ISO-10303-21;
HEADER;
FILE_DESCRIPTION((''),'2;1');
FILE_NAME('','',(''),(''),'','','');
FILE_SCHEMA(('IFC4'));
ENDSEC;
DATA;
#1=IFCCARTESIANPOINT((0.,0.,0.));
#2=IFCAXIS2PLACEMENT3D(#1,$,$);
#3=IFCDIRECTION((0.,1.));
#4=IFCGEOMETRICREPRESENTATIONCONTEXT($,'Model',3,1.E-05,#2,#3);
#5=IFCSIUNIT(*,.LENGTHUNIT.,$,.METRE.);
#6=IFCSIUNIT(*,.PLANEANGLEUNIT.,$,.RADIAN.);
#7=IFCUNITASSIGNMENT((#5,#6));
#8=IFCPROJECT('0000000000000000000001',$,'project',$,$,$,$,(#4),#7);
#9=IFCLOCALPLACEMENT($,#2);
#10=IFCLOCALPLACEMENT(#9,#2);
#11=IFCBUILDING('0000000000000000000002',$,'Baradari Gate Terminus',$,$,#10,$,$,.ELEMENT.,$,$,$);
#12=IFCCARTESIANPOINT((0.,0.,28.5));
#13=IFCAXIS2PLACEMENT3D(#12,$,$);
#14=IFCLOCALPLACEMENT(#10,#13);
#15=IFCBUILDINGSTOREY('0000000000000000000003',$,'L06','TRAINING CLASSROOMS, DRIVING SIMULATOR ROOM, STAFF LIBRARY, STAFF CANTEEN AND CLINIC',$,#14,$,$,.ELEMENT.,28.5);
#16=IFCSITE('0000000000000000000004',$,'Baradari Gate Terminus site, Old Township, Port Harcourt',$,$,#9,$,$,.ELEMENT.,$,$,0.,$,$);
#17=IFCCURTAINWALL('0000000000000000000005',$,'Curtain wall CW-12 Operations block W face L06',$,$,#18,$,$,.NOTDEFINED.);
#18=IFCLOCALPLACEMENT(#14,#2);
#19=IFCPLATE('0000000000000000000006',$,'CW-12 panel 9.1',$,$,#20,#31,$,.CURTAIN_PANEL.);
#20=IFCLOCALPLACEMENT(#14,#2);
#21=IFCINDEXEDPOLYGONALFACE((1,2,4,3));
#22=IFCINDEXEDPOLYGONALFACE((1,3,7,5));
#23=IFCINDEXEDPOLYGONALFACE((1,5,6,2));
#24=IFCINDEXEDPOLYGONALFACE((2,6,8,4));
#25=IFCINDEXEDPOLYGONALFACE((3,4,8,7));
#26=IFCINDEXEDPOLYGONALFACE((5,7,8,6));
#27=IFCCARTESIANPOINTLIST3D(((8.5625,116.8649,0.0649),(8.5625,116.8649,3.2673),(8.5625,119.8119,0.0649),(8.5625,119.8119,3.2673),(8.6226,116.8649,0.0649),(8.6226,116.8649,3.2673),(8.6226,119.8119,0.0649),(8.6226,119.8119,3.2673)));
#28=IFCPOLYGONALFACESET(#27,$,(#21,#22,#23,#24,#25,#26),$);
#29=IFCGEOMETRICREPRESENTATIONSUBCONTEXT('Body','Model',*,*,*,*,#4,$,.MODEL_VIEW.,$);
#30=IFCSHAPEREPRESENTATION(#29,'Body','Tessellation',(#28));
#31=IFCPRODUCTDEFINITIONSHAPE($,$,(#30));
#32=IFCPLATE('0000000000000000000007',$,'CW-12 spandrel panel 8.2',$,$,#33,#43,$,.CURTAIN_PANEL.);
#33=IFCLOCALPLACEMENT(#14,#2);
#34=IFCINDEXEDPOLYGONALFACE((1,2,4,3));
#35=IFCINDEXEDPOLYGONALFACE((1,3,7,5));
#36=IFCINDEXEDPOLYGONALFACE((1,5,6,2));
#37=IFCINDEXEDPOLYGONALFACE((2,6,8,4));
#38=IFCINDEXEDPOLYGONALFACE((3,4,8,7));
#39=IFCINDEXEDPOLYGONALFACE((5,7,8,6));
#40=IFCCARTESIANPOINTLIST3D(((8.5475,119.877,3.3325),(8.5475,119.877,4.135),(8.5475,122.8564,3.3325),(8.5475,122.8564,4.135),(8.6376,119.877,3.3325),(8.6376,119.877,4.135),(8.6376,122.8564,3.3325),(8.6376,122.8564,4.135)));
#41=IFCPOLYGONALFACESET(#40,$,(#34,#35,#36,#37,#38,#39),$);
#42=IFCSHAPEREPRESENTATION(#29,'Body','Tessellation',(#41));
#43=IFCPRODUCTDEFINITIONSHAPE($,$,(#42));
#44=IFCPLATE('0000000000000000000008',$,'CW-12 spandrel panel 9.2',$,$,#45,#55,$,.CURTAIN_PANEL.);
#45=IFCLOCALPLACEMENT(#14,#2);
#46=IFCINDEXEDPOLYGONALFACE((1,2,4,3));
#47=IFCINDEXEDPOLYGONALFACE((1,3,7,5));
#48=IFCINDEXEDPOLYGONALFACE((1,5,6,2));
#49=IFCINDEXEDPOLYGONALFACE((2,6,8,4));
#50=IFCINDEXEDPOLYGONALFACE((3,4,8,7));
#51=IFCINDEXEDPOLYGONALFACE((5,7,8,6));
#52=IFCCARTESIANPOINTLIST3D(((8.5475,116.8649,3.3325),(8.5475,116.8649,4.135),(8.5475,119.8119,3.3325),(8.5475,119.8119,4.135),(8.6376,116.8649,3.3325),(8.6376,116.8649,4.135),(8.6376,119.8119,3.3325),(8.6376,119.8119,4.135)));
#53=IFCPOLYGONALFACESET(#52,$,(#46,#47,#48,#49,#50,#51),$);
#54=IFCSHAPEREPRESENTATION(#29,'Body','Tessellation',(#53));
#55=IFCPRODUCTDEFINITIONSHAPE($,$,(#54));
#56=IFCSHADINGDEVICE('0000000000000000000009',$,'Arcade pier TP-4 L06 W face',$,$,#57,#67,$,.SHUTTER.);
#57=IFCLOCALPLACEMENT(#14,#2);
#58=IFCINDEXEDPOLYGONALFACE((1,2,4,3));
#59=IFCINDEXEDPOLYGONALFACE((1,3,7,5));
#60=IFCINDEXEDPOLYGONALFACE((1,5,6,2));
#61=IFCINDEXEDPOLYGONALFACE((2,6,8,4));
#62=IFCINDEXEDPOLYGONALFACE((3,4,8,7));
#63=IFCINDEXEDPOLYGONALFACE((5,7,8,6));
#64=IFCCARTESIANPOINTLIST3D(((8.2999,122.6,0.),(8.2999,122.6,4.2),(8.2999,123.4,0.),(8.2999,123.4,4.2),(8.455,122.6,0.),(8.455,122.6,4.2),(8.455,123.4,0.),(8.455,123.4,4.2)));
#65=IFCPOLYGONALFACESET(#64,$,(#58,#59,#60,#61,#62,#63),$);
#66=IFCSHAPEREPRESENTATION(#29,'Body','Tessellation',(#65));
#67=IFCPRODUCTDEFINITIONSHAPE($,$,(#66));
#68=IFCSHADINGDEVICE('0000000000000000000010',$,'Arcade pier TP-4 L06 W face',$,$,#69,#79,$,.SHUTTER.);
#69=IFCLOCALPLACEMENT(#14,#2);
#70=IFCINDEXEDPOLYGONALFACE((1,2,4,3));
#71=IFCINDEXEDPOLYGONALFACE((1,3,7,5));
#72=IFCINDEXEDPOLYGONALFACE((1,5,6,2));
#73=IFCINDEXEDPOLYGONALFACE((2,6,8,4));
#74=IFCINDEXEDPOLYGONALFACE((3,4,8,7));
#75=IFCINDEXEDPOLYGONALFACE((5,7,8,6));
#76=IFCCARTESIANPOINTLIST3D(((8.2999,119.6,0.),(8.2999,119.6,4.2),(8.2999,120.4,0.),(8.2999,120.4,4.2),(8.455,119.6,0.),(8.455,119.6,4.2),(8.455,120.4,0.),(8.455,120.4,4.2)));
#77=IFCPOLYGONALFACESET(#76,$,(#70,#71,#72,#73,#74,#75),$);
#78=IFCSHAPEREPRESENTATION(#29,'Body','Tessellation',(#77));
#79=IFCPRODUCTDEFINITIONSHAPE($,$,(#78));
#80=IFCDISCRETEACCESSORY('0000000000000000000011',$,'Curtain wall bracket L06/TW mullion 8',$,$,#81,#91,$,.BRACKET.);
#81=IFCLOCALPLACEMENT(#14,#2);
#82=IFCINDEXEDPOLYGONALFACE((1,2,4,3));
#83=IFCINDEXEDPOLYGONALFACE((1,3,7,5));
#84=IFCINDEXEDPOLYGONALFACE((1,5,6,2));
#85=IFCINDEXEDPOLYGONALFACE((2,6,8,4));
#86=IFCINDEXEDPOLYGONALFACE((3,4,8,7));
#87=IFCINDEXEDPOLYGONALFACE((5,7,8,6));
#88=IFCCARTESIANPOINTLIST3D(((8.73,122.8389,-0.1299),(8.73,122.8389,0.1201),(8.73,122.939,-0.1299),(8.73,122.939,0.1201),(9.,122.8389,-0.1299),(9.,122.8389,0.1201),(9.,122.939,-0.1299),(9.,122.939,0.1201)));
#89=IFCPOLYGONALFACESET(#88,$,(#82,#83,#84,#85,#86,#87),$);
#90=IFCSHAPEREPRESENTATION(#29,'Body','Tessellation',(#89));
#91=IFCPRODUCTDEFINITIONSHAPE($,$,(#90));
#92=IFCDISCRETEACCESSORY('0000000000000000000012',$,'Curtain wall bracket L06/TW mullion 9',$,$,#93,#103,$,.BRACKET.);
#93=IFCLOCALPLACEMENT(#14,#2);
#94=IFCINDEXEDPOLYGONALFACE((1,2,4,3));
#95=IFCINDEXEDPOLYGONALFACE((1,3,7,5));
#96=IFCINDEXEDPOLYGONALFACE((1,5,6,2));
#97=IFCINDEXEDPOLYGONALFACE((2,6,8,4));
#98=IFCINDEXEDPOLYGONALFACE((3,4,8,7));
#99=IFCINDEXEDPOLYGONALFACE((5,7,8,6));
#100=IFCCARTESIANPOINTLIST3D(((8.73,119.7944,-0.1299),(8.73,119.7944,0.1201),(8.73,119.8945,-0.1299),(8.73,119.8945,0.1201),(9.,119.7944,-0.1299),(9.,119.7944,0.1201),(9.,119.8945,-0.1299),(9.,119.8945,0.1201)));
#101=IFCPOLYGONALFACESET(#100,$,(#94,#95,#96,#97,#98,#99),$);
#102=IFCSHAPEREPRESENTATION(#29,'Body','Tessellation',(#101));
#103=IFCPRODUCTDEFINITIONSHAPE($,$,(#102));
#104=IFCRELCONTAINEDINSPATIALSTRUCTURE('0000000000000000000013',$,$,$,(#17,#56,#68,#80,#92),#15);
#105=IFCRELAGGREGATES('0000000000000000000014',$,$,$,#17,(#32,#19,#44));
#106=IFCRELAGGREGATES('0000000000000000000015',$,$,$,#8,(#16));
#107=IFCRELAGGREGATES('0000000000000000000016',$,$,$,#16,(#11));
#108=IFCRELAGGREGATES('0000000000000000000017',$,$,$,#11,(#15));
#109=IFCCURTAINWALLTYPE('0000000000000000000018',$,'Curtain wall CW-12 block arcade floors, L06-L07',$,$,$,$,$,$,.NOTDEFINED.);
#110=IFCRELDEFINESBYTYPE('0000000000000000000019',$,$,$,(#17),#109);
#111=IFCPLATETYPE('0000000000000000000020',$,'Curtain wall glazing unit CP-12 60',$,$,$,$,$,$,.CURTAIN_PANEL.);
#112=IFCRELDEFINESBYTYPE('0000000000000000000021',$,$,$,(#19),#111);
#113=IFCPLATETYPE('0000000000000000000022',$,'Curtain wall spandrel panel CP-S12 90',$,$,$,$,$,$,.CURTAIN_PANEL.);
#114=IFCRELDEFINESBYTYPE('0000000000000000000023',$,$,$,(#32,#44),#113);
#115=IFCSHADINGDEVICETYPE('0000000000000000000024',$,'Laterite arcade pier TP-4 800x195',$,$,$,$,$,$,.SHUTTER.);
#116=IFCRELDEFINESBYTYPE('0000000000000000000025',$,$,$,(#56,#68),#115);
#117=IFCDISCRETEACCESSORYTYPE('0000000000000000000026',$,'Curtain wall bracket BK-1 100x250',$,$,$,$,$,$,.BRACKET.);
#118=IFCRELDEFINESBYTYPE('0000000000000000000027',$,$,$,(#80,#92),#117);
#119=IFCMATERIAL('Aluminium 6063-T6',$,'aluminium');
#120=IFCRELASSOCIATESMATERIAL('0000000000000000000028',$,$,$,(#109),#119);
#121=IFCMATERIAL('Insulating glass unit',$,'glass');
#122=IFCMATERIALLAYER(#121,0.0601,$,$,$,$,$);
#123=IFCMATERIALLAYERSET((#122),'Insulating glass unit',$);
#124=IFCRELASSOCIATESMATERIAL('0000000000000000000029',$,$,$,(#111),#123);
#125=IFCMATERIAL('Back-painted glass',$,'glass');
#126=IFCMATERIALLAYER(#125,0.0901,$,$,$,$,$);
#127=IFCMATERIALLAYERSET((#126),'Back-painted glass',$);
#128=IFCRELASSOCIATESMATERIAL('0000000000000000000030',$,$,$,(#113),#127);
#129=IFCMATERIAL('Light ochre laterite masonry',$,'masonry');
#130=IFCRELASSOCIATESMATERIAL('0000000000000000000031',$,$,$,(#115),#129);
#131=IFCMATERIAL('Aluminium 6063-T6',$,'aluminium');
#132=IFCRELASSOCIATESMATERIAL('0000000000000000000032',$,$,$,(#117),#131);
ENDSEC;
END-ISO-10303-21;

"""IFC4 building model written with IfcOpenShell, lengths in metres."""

from ifc_helpers import new_model, si_unit, direction, frame, origin, origin_2d, place, context, subcontext, project, spatial, rectangle, extrude, material, layer, layer_set, type_object, element, aggregate, save


model = new_model("IFC4")

# Units and contexts
model_context = context("Model", 3, precision=1e-05, world=origin(), true_north=direction((0.0, 1.0)))
body_context = subcontext(model_context, "Body", "Model", "MODEL_VIEW")
ifc_project = project(units=[si_unit("LENGTHUNIT", "METRE"), si_unit("PLANEANGLEUNIT", "RADIAN")], contexts=[model_context])

# Site, building, storey
site_placement = place(None, origin())
site = spatial("IfcSite", under=ifc_project, at=site_placement, Name="Baradari Gate Terminus site, Old Township, Port Harcourt", CompositionType="ELEMENT", RefElevation=0.0)
building_placement = place(site_placement, origin())
building = spatial("IfcBuilding", under=site, at=building_placement, Name="Baradari Gate Terminus", CompositionType="ELEMENT")
storey_placement = place(building_placement, frame((0.0, 0.0, 28.5)))
storey = spatial("IfcBuildingStorey", under=building, at=storey_placement, Name="L06", Description="TRAINING CLASSROOMS, DRIVING SIMULATOR ROOM, STAFF LIBRARY, STAFF CANTEEN AND CLINIC", CompositionType="ELEMENT", Elevation=28.5)

# Curtain wall
ifc_material_1 = material(Name="Aluminium 6063-T6", Category="aluminium")
curtain_wall_type = type_object("IfcCurtainWallType", Name="Curtain wall CW-12 block arcade floors, L06-L07", PredefinedType="NOTDEFINED", material=ifc_material_1)
curtain_wall_placement = place(storey_placement, origin())
curtain_wall = element("IfcCurtainWall", 1, at=curtain_wall_placement, inside=storey, type_object=curtain_wall_type, Name="Curtain wall CW-12 Operations block W face L06", PredefinedType="NOTDEFINED")

# Plates
ifc_material_2 = material(Name="Insulating glass unit", Category="glass")
ifc_layer_1 = layer(ifc_material_2, 0.0601)
ifc_layer_set_1 = layer_set([ifc_layer_1], Name="Insulating glass unit")
plate_type_1 = type_object("IfcPlateType", Name="Curtain wall glazing unit CP-12 60", PredefinedType="CURTAIN_PANEL", material=ifc_layer_set_1)
plate_1_placement = place(storey_placement, frame((8.5925, 118.3384, 0.0649), z_axis=(0.0, 0.0, 1.0), x_axis=(0.0, -1.0, 0.0)))
plate_1 = element("IfcPlate", 2, at=plate_1_placement, type_object=plate_type_1, Name="CW-12 panel 9.1", PredefinedType="CURTAIN_PANEL", context=body_context, shape_type="SweptSolid", body=[
    extrude(rectangle(XDim=2.947, YDim=0.0601, at=origin_2d()), origin(), (0.0, 0.0, 1.0), 3.2024),
])
ifc_material_3 = material(Name="Back-painted glass", Category="glass")
ifc_layer_2 = layer(ifc_material_3, 0.0901)
ifc_layer_set_2 = layer_set([ifc_layer_2], Name="Back-painted glass")
plate_type_2 = type_object("IfcPlateType", Name="Curtain wall spandrel panel CP-S12 90", PredefinedType="CURTAIN_PANEL", material=ifc_layer_set_2)
plate_2_placement = place(storey_placement, frame((8.5925, 121.3667, 3.3325), z_axis=(0.0, 0.0, 1.0), x_axis=(0.0, -1.0, 0.0)))
plate_2 = element("IfcPlate", 3, at=plate_2_placement, type_object=plate_type_2, Name="CW-12 spandrel panel 8.2", PredefinedType="CURTAIN_PANEL", context=body_context, shape_type="SweptSolid", body=[
    extrude(rectangle(XDim=2.9795, YDim=0.0901, at=origin_2d()), origin(), (0.0, 0.0, 1.0), 0.8025),
])
plate_3_placement = place(storey_placement, frame((8.5925, 118.3384, 3.3325), z_axis=(0.0, 0.0, 1.0), x_axis=(0.0, -1.0, 0.0)))
plate_3 = element("IfcPlate", 4, at=plate_3_placement, type_object=plate_type_2, Name="CW-12 spandrel panel 9.2", PredefinedType="CURTAIN_PANEL", context=body_context, shape_type="SweptSolid", body=[
    extrude(rectangle(XDim=2.947, YDim=0.0901, at=origin_2d()), origin(), (0.0, 0.0, 1.0), 0.8025),
])
aggregate(curtain_wall, [plate_2, plate_1, plate_3])

# Shading devices
ifc_material_4 = material(Name="Light ochre laterite masonry", Category="masonry")
shading_device_type = type_object("IfcShadingDeviceType", Name="Laterite arcade pier TP-4 800x195", PredefinedType="SHUTTER", material=ifc_material_4)
for number, where, z_axis, x_axis, name in (
    (5, (8.3774, 123.0, 0.0), (0.0, 0.0, 1.0), (0.0, -1.0, 0.0), "Arcade pier TP-4 L06 W face"),
    (6, (8.3774, 120.0, 0.0), (0.0, 0.0, 1.0), (0.0, -1.0, 0.0), "Arcade pier TP-4 L06 W face"),
):
    element("IfcShadingDevice", number, at=place(storey_placement, frame(where, z_axis=z_axis, x_axis=x_axis)), inside=storey, type_object=shading_device_type, Name=name, PredefinedType="SHUTTER", context=body_context, shape_type="SweptSolid", body=[
        extrude(rectangle(XDim=0.8, YDim=0.155, at=origin_2d()), origin(), (0.0, 0.0, 1.0), 4.2),
    ])

# Discrete accessories
ifc_material_5 = material(Name="Aluminium 6063-T6", Category="aluminium")
discrete_accessory_type = type_object("IfcDiscreteAccessoryType", Name="Curtain wall bracket BK-1 100x250", PredefinedType="BRACKET", material=ifc_material_5)
for number, where, z_axis, x_axis, name in (
    (7, (8.865, 122.8889, -0.1299), (0.0, 0.0, 1.0), (-1.0, 0.0, 0.0), "Curtain wall bracket L06/TW mullion 8"),
    (8, (8.865, 119.8445, -0.1299), (0.0, 0.0, 1.0), (-1.0, 0.0, 0.0), "Curtain wall bracket L06/TW mullion 9"),
):
    element("IfcDiscreteAccessory", number, at=place(storey_placement, frame(where, z_axis=z_axis, x_axis=x_axis)), inside=storey, type_object=discrete_accessory_type, Name=name, PredefinedType="BRACKET", context=body_context, shape_type="SweptSolid", body=[
        extrude(rectangle(XDim=0.27, YDim=0.1001, at=origin_2d()), origin(), (0.0, 0.0, 1.0), 0.25),
    ])

save(model, "model.ifc")
